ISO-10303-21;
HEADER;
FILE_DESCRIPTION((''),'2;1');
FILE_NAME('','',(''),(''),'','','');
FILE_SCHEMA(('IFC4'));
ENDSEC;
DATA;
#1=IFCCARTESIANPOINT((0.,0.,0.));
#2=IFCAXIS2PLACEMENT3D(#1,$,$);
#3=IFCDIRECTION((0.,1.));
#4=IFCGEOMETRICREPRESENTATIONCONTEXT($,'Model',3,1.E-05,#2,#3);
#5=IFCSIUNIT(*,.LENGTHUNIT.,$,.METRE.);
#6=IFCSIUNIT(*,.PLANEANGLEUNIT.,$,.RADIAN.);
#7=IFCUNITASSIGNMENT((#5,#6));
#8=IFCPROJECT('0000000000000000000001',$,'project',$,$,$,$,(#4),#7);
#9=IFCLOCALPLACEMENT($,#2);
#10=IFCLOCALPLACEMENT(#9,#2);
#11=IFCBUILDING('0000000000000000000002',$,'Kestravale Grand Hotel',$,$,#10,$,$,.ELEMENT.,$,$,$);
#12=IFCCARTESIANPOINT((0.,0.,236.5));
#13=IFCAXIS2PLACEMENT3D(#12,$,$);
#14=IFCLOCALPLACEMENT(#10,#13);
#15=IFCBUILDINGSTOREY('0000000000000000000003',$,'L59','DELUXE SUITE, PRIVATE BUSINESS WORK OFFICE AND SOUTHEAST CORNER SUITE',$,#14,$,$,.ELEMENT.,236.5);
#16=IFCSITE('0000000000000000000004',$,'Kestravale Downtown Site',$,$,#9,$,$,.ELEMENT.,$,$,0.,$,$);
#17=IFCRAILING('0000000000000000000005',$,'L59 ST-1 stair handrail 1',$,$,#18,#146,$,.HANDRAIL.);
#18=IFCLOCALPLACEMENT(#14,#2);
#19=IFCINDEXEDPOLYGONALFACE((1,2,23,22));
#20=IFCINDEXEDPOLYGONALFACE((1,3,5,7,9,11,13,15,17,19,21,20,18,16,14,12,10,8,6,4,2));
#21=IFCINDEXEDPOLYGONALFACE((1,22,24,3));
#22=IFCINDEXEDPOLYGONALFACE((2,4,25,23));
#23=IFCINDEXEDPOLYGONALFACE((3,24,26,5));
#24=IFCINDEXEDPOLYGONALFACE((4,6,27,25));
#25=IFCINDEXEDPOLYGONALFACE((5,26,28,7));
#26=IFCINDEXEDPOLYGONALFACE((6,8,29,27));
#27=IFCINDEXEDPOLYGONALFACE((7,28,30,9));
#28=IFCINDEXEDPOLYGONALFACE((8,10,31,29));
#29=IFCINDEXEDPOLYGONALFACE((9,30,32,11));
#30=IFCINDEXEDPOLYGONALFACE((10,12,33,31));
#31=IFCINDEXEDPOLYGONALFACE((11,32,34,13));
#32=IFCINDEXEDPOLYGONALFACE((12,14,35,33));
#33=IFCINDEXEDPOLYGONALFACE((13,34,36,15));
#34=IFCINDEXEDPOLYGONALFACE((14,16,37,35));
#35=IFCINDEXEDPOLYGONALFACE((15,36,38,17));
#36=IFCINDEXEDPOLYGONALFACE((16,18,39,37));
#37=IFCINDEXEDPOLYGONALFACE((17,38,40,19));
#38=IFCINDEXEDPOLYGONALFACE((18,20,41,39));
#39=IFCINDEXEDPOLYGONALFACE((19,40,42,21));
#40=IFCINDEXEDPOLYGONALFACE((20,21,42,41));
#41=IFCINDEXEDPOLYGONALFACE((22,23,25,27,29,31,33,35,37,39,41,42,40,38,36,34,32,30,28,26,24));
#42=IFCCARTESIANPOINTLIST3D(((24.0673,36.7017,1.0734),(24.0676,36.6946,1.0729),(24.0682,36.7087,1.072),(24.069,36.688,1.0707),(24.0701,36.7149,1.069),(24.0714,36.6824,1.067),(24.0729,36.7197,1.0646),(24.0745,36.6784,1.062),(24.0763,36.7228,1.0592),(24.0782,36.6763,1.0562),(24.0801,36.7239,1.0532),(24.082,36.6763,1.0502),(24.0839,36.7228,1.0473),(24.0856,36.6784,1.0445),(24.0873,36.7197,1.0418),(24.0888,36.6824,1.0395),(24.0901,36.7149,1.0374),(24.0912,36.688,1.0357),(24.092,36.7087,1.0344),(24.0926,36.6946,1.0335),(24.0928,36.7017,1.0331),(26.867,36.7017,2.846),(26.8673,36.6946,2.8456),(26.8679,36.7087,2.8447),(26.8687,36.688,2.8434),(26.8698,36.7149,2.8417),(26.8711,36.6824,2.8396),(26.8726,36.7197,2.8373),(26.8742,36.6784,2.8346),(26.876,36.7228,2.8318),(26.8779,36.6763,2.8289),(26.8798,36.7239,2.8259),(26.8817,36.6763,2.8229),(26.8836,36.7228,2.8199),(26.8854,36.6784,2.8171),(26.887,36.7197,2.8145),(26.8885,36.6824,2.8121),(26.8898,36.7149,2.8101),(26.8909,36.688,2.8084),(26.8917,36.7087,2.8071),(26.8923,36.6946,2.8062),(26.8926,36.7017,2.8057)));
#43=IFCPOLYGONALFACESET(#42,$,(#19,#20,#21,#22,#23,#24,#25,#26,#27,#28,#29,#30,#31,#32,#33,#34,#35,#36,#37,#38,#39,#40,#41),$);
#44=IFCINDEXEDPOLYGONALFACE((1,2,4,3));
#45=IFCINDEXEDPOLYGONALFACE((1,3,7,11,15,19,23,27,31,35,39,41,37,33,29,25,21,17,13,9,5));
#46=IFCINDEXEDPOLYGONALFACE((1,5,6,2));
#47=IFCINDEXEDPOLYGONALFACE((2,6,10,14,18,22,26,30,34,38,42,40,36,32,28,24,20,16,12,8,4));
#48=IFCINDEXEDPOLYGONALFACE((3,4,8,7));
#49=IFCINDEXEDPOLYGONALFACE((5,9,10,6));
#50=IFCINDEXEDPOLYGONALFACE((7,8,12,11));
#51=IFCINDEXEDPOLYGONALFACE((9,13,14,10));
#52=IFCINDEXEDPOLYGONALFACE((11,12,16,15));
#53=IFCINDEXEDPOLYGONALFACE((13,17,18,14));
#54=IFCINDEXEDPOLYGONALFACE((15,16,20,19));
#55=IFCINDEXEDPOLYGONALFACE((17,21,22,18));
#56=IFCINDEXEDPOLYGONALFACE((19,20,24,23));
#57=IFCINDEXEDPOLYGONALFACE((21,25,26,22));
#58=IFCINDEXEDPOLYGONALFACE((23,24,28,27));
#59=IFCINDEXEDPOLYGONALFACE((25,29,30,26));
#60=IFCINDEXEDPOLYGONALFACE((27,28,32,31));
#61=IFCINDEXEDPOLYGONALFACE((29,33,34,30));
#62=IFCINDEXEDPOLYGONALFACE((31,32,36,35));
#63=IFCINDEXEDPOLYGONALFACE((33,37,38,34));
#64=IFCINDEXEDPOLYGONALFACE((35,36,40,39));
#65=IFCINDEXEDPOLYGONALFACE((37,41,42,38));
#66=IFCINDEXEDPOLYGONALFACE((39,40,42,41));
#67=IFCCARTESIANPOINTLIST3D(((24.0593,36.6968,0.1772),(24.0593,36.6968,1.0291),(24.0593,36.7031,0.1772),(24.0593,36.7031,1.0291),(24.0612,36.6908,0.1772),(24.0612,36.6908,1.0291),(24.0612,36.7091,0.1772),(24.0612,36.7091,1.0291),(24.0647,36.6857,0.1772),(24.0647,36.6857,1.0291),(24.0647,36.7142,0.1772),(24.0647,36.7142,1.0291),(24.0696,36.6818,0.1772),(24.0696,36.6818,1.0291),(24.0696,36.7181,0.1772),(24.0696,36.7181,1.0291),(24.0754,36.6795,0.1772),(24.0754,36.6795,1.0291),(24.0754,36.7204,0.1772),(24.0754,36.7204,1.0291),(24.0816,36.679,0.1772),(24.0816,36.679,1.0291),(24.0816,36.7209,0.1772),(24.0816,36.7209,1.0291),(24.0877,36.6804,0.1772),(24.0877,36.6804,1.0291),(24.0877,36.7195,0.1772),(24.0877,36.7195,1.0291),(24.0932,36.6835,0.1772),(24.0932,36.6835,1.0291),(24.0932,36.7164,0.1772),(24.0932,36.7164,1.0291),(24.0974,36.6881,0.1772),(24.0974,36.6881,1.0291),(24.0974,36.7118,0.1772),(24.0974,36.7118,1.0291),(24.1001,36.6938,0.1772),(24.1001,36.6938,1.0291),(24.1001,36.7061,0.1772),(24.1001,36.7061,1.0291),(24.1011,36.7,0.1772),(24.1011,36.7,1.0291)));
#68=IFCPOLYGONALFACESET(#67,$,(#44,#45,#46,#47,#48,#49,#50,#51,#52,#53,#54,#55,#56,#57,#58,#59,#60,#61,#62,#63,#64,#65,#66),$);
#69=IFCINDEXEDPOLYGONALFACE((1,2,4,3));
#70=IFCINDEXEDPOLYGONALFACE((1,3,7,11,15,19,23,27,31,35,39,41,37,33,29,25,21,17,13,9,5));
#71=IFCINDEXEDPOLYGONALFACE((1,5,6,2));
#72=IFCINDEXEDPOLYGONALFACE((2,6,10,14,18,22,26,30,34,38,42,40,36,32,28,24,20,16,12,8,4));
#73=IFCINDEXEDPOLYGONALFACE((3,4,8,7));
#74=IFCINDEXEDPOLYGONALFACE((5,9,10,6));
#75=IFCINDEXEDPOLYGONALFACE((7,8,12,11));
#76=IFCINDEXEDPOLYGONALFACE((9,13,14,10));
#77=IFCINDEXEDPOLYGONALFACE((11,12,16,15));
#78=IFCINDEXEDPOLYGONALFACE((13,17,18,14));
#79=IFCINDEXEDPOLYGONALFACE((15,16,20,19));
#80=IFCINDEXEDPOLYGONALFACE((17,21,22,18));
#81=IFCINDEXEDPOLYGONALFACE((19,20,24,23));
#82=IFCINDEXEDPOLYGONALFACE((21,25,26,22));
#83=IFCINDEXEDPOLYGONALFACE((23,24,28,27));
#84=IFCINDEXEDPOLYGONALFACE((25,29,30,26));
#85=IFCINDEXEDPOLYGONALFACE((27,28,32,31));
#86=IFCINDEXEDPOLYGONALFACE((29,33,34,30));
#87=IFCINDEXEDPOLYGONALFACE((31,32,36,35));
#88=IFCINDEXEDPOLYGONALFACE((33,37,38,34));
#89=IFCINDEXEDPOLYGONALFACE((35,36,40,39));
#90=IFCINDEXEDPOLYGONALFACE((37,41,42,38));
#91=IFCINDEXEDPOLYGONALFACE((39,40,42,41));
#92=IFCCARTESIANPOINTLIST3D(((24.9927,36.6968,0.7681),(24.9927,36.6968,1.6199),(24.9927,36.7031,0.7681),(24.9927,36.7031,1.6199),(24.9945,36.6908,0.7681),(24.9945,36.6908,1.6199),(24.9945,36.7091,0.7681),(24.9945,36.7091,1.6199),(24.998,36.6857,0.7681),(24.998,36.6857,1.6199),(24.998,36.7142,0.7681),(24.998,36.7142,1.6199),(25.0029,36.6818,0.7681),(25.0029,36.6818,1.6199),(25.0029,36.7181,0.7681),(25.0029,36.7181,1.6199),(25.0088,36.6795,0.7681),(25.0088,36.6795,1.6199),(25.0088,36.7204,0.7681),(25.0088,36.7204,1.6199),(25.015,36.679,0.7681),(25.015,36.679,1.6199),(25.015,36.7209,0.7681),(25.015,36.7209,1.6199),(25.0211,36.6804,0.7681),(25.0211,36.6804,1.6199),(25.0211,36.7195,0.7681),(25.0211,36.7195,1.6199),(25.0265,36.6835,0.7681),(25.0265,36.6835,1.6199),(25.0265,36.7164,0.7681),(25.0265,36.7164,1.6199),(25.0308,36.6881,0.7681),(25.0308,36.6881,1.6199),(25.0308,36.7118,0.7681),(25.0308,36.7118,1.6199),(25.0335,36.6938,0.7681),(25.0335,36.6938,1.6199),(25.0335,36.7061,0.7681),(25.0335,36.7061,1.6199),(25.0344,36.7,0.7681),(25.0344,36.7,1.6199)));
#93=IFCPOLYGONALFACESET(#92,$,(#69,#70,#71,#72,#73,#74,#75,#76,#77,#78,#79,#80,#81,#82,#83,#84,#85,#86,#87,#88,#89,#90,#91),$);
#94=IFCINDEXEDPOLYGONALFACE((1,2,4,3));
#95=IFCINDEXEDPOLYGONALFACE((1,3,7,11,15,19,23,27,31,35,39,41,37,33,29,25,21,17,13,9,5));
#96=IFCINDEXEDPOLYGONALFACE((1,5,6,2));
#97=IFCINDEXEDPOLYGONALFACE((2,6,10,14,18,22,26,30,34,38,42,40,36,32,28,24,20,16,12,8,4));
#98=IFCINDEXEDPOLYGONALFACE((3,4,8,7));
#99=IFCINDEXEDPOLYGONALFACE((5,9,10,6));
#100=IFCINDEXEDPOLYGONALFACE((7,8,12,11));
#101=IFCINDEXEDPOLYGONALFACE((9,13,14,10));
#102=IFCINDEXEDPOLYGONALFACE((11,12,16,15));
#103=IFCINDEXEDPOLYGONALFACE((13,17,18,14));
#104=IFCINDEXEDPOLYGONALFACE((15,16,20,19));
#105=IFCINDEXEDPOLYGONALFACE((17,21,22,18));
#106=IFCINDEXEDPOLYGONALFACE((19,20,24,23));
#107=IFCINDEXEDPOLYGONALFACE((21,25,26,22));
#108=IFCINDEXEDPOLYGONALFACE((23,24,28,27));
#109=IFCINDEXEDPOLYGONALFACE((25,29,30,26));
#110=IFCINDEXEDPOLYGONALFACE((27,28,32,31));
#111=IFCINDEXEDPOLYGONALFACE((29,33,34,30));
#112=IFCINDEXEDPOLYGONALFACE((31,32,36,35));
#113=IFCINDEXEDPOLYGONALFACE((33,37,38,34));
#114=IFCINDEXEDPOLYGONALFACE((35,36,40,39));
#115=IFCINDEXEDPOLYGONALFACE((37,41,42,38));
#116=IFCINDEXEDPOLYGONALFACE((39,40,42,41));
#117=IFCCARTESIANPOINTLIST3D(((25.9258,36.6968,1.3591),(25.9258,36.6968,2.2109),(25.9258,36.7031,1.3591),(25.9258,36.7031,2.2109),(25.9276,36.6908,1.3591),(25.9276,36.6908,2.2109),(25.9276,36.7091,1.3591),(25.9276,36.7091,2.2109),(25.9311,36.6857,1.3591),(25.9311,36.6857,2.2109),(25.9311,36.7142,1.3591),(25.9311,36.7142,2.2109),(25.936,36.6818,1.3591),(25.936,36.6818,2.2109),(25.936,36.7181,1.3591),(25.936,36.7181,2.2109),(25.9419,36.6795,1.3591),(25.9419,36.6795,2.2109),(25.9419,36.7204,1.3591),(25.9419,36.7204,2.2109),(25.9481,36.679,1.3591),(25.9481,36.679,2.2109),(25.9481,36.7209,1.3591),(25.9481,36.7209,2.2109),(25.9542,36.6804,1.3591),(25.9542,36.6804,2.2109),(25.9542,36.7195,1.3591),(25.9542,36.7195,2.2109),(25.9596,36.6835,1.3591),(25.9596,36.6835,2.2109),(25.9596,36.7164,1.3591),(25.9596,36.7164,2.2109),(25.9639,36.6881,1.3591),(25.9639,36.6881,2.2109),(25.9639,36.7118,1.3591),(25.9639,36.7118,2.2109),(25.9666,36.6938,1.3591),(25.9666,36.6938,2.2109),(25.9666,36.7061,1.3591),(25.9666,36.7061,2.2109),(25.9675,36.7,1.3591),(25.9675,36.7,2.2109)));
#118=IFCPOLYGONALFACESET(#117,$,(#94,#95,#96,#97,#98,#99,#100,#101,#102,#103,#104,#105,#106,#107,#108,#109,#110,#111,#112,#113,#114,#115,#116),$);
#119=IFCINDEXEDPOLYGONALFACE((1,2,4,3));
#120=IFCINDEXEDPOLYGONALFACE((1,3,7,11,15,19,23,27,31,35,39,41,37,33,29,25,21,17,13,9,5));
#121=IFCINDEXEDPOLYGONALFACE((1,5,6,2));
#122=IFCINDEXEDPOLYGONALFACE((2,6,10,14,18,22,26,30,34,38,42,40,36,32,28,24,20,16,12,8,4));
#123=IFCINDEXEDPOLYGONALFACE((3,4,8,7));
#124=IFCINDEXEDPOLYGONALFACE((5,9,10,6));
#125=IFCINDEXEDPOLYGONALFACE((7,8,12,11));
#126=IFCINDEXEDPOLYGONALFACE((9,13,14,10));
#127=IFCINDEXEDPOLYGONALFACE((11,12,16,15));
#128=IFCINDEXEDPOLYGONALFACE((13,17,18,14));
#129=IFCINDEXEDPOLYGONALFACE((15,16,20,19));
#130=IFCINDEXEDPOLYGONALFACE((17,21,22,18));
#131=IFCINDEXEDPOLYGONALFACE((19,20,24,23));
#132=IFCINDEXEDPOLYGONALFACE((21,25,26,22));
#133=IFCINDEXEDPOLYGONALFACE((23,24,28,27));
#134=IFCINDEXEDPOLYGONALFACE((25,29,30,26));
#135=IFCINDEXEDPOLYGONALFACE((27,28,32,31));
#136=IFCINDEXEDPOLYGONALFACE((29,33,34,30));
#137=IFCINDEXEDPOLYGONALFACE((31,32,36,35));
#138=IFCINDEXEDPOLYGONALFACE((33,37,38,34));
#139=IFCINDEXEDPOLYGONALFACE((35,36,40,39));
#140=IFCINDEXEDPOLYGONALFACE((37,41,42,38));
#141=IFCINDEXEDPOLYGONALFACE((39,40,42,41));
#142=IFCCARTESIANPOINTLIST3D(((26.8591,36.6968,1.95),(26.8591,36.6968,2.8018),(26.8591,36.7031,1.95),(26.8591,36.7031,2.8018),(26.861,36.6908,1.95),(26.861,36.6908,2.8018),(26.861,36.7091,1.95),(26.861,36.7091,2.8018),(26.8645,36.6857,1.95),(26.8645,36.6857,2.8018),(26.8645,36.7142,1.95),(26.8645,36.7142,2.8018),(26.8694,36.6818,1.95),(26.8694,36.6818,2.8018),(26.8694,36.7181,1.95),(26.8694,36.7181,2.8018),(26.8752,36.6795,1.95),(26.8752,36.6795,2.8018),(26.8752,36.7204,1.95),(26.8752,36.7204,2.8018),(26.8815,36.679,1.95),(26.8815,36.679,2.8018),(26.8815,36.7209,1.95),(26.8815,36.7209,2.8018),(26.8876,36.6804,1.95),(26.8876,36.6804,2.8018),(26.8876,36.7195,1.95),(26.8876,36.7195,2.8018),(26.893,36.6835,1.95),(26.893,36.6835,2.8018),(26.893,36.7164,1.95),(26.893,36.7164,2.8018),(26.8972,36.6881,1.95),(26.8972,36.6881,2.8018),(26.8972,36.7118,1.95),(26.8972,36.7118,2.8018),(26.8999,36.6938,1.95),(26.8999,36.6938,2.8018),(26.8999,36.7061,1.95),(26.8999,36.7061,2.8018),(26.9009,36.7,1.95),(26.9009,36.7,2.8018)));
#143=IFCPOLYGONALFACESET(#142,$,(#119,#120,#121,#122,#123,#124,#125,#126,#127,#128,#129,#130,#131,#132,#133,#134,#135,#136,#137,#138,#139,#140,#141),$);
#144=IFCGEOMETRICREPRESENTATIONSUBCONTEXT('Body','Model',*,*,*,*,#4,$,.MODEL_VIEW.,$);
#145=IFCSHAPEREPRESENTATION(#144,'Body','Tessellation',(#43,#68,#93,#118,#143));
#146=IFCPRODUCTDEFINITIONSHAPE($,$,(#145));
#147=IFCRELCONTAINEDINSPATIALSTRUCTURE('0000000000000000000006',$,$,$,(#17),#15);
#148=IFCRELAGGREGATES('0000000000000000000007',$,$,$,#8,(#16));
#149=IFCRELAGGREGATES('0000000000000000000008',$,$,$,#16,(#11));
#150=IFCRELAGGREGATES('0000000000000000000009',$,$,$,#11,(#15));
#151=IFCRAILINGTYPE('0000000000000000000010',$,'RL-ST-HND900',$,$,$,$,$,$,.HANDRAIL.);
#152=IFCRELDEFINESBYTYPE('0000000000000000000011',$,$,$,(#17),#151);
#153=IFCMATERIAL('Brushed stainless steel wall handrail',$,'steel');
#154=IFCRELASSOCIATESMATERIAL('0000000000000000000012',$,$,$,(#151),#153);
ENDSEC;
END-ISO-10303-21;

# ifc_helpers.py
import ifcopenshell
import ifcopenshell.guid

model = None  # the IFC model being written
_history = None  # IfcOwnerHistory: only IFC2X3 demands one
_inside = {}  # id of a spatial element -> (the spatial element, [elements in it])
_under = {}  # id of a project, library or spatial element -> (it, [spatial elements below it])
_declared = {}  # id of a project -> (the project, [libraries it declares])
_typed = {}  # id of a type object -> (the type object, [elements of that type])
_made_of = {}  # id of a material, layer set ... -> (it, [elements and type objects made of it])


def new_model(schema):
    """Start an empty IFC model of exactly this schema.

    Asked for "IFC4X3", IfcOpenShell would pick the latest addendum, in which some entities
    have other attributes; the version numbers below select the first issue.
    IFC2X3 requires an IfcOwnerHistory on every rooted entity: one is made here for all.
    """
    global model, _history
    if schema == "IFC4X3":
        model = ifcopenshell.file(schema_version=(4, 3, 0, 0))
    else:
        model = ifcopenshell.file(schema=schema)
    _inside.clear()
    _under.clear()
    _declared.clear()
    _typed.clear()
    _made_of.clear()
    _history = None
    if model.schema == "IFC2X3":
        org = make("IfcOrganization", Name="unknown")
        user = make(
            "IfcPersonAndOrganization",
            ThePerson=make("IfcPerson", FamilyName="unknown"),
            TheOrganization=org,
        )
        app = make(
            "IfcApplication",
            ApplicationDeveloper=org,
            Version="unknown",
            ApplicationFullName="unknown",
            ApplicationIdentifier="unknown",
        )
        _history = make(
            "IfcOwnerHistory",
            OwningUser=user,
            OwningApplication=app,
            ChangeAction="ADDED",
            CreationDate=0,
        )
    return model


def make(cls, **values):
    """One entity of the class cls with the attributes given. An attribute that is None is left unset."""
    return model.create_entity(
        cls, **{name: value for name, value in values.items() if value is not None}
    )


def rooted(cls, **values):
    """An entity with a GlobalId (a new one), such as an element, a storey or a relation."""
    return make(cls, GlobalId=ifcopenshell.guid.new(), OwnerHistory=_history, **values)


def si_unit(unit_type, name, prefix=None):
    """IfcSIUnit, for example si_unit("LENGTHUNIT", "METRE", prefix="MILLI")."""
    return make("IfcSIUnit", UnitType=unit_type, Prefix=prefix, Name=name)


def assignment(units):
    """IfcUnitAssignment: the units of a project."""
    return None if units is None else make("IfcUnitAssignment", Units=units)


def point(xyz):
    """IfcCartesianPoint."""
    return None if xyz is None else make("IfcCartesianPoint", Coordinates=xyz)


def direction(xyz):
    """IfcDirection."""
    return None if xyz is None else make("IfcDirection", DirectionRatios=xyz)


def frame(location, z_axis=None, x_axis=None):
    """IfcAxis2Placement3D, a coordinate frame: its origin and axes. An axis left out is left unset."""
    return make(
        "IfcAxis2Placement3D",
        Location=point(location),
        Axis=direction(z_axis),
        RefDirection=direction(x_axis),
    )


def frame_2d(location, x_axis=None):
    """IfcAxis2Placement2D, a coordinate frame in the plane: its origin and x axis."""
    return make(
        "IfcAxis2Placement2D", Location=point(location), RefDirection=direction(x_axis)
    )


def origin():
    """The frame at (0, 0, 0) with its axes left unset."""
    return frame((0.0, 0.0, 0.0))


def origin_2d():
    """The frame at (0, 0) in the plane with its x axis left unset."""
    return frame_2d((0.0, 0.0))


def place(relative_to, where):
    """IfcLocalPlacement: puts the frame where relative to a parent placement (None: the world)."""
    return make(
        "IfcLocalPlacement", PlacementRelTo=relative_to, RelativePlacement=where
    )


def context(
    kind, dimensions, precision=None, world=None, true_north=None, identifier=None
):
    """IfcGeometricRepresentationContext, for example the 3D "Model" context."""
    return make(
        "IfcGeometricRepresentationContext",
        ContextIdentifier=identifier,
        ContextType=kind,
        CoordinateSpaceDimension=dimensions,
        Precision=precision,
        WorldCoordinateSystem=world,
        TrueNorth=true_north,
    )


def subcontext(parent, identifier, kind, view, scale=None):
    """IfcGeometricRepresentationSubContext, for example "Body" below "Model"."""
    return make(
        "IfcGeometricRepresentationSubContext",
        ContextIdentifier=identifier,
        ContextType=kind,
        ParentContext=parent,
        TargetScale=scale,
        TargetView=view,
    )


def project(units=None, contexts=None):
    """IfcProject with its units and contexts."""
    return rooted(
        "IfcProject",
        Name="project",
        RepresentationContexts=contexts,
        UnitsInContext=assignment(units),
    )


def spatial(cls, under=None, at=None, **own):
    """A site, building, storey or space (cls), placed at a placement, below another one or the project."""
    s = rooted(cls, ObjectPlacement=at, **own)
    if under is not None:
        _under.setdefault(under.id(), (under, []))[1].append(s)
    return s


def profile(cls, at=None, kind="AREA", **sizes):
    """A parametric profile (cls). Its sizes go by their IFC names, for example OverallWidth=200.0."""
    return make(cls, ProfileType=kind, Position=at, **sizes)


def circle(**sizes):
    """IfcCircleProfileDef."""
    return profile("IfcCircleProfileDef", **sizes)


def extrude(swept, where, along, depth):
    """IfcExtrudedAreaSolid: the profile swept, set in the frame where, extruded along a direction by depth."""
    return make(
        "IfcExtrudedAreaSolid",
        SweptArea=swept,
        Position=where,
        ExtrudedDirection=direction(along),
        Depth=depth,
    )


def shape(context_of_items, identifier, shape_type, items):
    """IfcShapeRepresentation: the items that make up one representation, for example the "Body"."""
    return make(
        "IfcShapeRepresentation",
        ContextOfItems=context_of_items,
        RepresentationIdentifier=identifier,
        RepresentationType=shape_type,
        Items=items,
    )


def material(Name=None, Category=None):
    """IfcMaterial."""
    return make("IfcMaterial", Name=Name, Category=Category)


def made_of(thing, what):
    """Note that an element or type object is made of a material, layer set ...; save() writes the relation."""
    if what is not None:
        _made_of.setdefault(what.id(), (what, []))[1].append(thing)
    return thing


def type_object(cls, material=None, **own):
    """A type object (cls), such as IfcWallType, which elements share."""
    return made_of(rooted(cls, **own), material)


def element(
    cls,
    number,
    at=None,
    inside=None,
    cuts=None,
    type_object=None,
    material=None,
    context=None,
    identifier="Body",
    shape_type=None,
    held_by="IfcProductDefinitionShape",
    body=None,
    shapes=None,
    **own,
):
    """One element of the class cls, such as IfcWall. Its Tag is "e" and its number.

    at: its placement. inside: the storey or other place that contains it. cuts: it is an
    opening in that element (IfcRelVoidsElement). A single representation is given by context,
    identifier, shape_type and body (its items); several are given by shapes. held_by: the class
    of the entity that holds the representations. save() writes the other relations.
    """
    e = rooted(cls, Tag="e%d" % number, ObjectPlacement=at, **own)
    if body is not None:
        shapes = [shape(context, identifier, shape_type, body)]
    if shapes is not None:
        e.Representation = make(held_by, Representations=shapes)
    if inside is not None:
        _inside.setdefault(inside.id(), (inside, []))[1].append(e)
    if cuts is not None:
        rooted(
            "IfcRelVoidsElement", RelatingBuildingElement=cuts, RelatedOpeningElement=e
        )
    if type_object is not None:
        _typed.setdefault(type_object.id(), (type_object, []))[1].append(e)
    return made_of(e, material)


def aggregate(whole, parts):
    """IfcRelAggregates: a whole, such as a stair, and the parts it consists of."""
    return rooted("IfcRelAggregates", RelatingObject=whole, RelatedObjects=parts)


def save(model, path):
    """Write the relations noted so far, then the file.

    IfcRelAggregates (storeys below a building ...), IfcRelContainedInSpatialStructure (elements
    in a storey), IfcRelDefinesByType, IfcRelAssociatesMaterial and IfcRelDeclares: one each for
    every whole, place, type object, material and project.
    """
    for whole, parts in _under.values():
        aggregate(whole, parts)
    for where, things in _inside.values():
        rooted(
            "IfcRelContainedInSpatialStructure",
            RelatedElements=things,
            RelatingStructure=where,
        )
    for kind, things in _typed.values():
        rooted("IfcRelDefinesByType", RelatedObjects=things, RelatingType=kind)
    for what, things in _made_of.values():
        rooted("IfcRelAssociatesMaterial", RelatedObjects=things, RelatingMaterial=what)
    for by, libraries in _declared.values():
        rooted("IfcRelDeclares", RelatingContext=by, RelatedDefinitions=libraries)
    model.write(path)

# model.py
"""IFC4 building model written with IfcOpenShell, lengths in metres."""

from ifc_helpers import new_model, si_unit, direction, frame, origin, origin_2d, place, context, subcontext, project, spatial, circle, extrude, material, type_object, element, save


model = new_model("IFC4")

# Units and contexts
model_context = context("Model", 3, precision=1e-05, world=origin(), true_north=direction((0.0, 1.0)))
body_context = subcontext(model_context, "Body", "Model", "MODEL_VIEW")
ifc_project = project(units=[si_unit("LENGTHUNIT", "METRE"), si_unit("PLANEANGLEUNIT", "RADIAN")], contexts=[model_context])

# Site, building, storey
site_placement = place(None, origin())
site = spatial("IfcSite", under=ifc_project, at=site_placement, Name="Kestravale Downtown Site", CompositionType="ELEMENT", RefElevation=0.0)
building_placement = place(site_placement, origin())
building = spatial("IfcBuilding", under=site, at=building_placement, Name="Kestravale Grand Hotel", CompositionType="ELEMENT")
storey_placement = place(building_placement, frame((0.0, 0.0, 236.5)))
storey = spatial("IfcBuildingStorey", under=building, at=storey_placement, Name="L59", Description="DELUXE SUITE, PRIVATE BUSINESS WORK OFFICE AND SOUTHEAST CORNER SUITE", CompositionType="ELEMENT", Elevation=236.5)

# Railing
ifc_material_1 = material(Name="Brushed stainless steel wall handrail", Category="steel")
railing_type_1 = type_object("IfcRailingType", Name="RL-ST-HND900", PredefinedType="HANDRAIL", material=ifc_material_1)
railing_1_placement = place(storey_placement, frame((24.0801, 36.7, 0.1772)))
element("IfcRailing", 1, at=railing_1_placement, inside=storey, type_object=railing_type_1, Name="L59 ST-1 stair handrail 1", PredefinedType="HANDRAIL", context=body_context, shape_type="SweptSolid", body=[
    extrude(circle(Radius=0.0239, at=origin_2d()), frame((0.0, 0.0, 0.876), z_axis=(0.844888, 0.0, 0.534943), x_axis=(0.0, 1.0, 0.0)), (0.0, 0.0, 1.0), 3.3137),
    extrude(circle(Radius=0.021, at=origin_2d()), origin(), (0.0, 0.0, 1.0), 0.8518),
    extrude(circle(Radius=0.021, at=origin_2d()), frame((0.9333, 0.0, 0.5908)), (0.0, 0.0, 1.0), 0.8518),
    extrude(circle(Radius=0.021, at=origin_2d()), frame((1.8665, 0.0, 1.1819)), (0.0, 0.0, 1.0), 0.8518),
    extrude(circle(Radius=0.021, at=origin_2d()), frame((2.7998, 0.0, 1.7727)), (0.0, 0.0, 1.0), 0.8518),
])

save(model, "model.ifc")
